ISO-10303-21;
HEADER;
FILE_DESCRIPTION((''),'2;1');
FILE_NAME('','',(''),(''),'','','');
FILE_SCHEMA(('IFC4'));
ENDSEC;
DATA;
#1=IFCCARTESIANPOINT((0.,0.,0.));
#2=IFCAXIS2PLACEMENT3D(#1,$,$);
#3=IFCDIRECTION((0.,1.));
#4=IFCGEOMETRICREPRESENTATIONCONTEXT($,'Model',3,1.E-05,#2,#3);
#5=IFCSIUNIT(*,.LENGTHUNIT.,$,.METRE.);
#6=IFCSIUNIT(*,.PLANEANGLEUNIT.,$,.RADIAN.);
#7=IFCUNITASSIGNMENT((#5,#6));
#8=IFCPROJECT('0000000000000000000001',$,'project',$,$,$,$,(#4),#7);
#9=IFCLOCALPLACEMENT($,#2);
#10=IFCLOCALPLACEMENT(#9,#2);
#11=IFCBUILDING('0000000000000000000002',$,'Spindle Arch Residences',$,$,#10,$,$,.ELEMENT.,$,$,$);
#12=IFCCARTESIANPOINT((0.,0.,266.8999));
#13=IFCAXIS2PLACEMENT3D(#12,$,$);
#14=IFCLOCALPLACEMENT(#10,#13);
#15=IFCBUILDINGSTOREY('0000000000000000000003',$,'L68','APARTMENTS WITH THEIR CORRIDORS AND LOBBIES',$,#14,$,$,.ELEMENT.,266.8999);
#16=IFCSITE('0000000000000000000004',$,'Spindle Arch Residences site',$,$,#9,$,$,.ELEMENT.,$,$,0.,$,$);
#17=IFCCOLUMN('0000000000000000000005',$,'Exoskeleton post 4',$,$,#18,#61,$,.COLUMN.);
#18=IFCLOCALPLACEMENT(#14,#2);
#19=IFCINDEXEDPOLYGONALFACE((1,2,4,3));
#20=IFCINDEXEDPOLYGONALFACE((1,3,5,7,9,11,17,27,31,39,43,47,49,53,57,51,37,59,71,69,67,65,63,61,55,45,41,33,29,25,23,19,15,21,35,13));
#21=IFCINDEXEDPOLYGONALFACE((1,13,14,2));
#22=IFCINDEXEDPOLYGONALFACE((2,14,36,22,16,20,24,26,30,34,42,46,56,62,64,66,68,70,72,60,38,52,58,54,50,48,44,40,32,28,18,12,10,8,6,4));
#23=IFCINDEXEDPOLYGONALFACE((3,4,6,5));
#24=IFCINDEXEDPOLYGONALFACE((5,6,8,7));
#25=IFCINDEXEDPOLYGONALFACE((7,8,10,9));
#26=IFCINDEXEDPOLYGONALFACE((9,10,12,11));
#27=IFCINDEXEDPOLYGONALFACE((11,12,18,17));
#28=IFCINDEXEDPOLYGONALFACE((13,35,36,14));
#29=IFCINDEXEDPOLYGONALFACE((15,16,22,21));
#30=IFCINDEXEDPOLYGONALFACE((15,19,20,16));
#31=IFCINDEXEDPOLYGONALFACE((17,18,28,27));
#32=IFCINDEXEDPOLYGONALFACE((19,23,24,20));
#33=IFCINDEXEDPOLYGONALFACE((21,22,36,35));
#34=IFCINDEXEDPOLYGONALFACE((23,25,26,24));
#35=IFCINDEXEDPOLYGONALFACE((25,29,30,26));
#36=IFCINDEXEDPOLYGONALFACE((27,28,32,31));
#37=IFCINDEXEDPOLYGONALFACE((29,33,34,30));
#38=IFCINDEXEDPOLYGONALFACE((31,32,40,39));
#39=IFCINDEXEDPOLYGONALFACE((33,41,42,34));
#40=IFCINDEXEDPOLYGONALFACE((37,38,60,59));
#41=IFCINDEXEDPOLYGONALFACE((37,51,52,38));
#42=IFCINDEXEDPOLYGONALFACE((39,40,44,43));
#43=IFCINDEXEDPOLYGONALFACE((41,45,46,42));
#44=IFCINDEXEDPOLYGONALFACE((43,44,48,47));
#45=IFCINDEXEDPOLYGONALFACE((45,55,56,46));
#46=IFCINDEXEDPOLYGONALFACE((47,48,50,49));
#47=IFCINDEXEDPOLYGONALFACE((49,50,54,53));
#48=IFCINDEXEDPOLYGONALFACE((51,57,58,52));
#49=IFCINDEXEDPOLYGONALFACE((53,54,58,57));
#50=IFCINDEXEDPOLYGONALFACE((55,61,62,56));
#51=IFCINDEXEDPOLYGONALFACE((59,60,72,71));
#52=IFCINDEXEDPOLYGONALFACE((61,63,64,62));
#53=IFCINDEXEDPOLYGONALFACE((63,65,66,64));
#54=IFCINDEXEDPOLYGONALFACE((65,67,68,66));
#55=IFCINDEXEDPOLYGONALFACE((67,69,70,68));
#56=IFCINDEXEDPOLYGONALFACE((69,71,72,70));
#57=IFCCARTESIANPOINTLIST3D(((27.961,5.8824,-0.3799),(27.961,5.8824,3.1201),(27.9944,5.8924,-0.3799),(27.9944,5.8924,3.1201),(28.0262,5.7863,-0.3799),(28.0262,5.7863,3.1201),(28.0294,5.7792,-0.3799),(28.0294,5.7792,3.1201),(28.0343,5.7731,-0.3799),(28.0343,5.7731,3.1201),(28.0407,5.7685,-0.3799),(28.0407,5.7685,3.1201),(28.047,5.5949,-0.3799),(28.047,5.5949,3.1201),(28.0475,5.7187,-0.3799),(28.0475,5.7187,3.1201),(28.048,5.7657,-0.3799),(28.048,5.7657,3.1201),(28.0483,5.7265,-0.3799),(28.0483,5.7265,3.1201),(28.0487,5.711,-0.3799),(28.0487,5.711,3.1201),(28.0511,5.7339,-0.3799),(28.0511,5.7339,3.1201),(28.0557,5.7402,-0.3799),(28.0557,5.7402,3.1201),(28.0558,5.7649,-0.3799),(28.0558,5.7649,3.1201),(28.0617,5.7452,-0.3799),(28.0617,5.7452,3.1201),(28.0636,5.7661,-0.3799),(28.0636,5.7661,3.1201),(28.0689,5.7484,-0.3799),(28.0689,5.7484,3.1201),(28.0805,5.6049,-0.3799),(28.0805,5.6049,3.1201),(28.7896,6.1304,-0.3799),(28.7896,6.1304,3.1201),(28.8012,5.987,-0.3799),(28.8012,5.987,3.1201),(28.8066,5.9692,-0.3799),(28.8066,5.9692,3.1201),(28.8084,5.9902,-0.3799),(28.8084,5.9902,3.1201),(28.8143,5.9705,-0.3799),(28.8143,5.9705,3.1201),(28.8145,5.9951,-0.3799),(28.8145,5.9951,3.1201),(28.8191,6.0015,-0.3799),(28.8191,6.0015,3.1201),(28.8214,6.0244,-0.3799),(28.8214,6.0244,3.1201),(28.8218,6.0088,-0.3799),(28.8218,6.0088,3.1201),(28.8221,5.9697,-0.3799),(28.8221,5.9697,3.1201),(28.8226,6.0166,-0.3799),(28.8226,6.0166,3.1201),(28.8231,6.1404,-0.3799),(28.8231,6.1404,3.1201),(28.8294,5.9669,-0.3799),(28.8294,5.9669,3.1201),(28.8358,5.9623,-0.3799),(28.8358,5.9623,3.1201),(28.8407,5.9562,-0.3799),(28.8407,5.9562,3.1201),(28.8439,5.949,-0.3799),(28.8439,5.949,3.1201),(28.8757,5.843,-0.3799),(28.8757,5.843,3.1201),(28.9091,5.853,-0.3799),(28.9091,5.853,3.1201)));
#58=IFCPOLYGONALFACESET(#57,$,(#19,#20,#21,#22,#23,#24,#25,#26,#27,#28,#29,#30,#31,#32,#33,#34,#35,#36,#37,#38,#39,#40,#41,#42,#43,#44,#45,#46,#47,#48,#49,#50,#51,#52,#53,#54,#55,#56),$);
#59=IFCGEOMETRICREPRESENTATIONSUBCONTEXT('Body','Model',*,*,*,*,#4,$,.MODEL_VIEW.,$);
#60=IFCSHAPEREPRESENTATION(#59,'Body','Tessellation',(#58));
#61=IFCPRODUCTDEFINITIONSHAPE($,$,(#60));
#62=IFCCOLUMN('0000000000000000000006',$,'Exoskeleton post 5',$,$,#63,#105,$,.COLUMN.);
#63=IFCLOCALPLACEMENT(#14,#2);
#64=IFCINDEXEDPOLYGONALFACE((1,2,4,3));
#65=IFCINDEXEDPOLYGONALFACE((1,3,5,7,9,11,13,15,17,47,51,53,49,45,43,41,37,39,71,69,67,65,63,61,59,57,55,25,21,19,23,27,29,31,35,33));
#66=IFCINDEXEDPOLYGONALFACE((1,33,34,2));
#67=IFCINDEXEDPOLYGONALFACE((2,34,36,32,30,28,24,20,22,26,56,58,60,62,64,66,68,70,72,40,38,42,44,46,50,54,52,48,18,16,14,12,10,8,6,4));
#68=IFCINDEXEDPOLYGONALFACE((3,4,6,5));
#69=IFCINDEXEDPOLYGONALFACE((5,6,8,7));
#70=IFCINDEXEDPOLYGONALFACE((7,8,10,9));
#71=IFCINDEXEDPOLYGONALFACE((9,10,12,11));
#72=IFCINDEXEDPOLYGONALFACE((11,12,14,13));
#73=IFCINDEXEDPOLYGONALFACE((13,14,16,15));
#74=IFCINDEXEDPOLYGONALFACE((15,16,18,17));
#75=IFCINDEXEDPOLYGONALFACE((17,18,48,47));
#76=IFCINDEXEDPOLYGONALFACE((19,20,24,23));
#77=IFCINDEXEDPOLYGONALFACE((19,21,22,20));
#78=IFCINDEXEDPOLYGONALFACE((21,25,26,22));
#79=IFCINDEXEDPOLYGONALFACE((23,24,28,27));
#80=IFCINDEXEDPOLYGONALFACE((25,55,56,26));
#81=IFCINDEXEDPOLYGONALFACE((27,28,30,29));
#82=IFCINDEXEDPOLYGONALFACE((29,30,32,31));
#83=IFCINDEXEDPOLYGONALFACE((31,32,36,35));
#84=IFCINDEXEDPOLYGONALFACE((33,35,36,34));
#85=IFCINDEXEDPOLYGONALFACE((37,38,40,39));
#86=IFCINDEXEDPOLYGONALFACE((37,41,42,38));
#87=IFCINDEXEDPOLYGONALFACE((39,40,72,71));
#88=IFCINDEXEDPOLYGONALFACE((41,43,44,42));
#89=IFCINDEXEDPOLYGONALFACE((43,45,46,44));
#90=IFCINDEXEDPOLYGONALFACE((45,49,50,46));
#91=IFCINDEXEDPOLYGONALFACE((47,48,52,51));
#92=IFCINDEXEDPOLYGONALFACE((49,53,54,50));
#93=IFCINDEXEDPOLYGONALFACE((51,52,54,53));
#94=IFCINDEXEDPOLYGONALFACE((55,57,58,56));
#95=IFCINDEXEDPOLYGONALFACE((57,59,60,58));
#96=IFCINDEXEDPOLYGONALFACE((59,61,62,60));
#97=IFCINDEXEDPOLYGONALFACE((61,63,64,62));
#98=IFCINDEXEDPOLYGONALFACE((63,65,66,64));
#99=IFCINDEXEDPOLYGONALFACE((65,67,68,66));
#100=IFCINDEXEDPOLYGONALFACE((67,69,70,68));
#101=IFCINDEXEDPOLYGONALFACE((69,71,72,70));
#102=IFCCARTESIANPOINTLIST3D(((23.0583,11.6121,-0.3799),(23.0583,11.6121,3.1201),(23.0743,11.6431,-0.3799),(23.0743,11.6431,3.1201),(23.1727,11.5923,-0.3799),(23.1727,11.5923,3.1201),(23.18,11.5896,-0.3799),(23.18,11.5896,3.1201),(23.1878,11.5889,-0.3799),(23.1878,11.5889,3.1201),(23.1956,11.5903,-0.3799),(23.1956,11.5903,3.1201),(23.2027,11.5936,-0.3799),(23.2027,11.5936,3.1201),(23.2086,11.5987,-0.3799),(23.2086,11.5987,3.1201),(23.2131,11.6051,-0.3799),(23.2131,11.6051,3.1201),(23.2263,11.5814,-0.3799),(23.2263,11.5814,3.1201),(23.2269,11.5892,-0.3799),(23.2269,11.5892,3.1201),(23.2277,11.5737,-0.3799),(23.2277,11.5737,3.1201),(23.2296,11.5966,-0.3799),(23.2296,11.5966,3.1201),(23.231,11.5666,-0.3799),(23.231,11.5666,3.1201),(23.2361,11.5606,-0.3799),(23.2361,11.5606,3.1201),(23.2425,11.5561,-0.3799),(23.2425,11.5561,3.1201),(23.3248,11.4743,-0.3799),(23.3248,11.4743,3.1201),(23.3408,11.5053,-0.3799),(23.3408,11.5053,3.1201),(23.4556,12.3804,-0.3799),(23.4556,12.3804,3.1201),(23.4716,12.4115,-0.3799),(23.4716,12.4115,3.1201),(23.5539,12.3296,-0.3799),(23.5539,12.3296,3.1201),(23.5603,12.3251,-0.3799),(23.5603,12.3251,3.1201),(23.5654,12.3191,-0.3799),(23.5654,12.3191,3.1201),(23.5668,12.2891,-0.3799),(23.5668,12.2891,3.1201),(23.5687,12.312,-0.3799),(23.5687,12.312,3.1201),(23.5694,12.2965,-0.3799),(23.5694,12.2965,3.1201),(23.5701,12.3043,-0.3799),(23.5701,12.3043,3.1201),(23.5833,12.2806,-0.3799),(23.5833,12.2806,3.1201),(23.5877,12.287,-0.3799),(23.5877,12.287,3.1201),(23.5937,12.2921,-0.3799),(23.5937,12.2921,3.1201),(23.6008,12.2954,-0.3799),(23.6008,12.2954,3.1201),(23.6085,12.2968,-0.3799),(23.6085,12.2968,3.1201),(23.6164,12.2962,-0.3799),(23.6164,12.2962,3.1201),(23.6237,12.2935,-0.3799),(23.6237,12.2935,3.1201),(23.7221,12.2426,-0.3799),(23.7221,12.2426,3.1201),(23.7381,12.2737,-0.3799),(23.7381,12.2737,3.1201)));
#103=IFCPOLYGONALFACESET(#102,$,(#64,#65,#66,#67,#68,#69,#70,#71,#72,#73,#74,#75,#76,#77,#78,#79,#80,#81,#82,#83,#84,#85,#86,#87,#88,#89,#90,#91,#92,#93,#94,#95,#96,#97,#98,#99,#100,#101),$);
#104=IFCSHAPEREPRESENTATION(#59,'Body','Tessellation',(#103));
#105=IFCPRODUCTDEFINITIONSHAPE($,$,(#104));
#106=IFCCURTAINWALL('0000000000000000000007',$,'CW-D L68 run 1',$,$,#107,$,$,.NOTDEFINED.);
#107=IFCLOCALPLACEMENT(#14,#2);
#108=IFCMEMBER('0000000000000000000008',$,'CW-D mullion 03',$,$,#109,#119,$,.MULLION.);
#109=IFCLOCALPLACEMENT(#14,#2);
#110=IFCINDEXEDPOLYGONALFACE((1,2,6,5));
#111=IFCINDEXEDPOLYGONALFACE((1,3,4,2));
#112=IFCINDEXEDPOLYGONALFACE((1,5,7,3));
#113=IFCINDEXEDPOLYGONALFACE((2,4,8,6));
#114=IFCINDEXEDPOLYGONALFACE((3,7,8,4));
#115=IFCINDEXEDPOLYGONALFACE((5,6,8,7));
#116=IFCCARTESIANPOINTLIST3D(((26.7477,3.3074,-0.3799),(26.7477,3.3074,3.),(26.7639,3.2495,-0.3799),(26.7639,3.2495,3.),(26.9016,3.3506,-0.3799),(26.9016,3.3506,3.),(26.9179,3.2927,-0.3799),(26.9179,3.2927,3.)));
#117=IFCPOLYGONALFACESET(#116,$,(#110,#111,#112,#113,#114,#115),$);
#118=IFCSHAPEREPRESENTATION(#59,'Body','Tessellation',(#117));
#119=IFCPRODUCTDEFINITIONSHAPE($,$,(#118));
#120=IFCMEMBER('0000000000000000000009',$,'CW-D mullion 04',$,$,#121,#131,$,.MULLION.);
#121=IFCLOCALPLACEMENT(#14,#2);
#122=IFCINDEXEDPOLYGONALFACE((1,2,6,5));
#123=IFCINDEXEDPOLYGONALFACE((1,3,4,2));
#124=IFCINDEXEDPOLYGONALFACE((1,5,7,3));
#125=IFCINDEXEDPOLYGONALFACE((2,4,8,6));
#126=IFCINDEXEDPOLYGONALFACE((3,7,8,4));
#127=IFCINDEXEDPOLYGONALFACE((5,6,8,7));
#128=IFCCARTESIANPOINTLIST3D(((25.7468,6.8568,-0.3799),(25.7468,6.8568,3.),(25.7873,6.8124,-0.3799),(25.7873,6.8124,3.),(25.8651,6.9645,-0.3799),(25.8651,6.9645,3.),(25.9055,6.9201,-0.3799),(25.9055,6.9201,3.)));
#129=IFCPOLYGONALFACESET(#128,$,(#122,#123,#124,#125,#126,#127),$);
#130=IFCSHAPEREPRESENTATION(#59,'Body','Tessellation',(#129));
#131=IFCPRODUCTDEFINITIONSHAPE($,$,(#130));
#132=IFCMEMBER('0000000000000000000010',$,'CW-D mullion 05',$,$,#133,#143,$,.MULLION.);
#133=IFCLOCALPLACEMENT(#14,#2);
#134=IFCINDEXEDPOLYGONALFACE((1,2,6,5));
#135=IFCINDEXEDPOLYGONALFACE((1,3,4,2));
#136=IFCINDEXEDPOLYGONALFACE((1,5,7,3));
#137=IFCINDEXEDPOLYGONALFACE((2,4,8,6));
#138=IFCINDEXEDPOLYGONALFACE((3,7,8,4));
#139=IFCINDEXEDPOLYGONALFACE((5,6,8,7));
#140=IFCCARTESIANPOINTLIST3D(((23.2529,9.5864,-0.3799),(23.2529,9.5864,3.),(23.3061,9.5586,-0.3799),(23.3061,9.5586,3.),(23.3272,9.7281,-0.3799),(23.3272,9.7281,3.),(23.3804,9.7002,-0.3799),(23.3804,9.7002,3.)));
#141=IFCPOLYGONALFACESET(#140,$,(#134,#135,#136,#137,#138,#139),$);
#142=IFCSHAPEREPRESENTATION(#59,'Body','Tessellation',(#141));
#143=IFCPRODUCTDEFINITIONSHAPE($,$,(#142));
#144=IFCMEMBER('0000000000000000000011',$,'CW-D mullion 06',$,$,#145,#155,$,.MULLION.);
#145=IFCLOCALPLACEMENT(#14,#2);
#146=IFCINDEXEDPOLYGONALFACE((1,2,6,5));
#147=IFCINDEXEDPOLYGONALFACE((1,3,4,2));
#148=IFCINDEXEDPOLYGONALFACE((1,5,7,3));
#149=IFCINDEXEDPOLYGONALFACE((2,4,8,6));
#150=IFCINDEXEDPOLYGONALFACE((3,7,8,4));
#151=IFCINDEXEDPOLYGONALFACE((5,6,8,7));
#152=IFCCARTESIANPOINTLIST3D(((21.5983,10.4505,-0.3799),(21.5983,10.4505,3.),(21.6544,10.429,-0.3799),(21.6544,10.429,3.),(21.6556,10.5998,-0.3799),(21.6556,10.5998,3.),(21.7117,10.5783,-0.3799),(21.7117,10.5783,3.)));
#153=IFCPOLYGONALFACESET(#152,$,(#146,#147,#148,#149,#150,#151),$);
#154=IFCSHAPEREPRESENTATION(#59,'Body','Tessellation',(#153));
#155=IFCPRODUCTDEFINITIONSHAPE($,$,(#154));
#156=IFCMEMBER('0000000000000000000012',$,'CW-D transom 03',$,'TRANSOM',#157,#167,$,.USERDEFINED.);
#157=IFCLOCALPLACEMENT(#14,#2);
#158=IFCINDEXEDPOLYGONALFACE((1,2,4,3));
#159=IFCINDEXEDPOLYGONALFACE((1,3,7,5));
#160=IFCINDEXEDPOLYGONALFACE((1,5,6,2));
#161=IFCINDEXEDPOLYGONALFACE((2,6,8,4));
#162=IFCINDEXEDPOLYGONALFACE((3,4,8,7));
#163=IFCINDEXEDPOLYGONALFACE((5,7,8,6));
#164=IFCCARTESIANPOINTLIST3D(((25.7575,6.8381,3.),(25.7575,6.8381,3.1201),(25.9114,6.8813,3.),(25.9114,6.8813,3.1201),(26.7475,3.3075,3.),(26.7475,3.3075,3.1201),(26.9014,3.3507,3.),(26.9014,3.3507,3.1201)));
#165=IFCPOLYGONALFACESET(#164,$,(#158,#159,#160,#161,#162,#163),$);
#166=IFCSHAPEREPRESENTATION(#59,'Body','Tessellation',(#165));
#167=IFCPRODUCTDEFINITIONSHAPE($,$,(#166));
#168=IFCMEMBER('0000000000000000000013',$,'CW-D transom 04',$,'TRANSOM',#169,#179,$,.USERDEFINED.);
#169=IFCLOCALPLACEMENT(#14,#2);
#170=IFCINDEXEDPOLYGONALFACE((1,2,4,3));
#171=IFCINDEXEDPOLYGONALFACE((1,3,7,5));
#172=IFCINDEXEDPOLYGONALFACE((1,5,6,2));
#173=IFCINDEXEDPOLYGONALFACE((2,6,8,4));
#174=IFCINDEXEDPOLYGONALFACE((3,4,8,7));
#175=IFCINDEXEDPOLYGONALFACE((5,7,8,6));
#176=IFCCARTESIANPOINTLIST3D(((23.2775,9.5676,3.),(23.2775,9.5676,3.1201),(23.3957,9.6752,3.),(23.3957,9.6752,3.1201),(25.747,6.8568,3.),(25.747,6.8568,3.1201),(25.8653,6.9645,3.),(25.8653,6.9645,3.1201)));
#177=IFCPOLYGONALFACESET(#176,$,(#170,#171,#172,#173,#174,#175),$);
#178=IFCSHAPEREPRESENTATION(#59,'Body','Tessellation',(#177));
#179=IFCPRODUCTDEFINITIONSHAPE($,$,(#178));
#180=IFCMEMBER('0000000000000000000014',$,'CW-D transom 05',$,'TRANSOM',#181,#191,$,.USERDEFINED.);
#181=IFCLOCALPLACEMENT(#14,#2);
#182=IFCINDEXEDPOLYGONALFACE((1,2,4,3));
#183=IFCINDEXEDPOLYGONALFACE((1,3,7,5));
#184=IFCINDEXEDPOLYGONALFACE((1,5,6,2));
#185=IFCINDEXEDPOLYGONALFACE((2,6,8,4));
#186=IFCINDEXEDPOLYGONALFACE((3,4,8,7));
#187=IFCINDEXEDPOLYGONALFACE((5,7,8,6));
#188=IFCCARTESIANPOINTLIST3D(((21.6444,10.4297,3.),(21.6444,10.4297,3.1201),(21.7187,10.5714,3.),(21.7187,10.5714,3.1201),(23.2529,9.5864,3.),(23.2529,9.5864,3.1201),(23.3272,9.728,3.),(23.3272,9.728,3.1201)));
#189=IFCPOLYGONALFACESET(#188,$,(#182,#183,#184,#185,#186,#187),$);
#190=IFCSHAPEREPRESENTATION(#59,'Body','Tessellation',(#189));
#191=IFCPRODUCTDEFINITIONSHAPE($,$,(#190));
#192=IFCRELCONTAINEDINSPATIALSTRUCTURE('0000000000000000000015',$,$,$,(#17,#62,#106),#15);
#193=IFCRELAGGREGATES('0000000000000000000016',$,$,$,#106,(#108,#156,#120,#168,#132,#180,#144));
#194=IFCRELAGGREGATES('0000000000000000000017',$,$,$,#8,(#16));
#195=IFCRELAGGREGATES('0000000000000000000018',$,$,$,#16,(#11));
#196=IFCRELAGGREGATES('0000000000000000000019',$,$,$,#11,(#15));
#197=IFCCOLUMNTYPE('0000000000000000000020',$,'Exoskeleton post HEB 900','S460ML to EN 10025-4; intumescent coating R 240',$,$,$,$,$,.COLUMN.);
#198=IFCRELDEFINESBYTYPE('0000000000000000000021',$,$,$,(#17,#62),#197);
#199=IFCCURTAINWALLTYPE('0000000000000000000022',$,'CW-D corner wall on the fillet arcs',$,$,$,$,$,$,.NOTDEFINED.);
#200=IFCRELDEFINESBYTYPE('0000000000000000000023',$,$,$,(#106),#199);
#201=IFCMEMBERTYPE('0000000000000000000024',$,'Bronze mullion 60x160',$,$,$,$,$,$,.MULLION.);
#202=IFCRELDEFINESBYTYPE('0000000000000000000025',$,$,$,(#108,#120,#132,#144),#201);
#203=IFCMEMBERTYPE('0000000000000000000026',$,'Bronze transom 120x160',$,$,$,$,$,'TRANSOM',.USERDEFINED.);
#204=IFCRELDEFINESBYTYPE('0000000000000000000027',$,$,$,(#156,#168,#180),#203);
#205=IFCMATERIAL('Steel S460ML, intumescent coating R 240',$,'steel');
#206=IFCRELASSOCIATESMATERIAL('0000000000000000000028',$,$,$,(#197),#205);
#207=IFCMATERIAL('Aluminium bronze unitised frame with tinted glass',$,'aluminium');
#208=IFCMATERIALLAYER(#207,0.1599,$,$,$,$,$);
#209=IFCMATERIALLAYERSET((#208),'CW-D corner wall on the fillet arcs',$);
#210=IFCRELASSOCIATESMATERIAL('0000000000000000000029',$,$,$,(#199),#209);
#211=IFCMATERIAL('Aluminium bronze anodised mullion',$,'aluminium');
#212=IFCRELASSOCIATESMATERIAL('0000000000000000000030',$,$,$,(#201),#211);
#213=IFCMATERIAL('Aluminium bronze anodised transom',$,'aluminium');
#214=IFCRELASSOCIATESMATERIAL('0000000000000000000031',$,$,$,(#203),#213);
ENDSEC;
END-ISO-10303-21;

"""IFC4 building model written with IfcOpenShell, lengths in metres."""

from ifc_helpers import new_model, si_unit, direction, frame, origin, origin_2d, place, context, subcontext, project, spatial, rectangle, i_section, extrude, material, layer, layer_set, material_profile, profile_set, type_object, element, aggregate, save


model = new_model("IFC4")

# Units and contexts
model_context = context("Model", 3, precision=1e-05, world=origin(), true_north=direction((0.0, 1.0)))
body_context = subcontext(model_context, "Body", "Model", "MODEL_VIEW")
ifc_project = project(units=[si_unit("LENGTHUNIT", "METRE"), si_unit("PLANEANGLEUNIT", "RADIAN")], contexts=[model_context])

# Site, building, storey
site_placement = place(None, origin())
site = spatial("IfcSite", under=ifc_project, at=site_placement, Name="Spindle Arch Residences site", CompositionType="ELEMENT", RefElevation=0.0)
building_placement = place(site_placement, origin())
building = spatial("IfcBuilding", under=site, at=building_placement, Name="Spindle Arch Residences", CompositionType="ELEMENT")
storey_placement = place(building_placement, frame((0.0, 0.0, 266.8999)))
storey = spatial("IfcBuildingStorey", under=building, at=storey_placement, Name="L68", Description="APARTMENTS WITH THEIR CORRIDORS AND LOBBIES", CompositionType="ELEMENT", Elevation=266.8999)

# Columns
ifc_material_1 = material(Name="Steel S460ML, intumescent coating R 240", Category="steel")
ifc_material_profile_1 = material_profile(ifc_material_1, i_section(OverallWidth=0.3, OverallDepth=0.8999, WebThickness=0.0186, FlangeThickness=0.0349, FilletRadius=0.03, at=origin_2d()), Name="HEB 900")
ifc_profile_set_1 = profile_set([ifc_material_profile_1], Name="Steel S460ML, intumescent coating R 240")
column_type = type_object("IfcColumnType", Name="Exoskeleton post HEB 900", Description="S460ML to EN 10025-4; intumescent coating R 240", PredefinedType="COLUMN", material=ifc_profile_set_1)
for number, where, z_axis, x_axis, name in (
    (1, (28.4351, 5.8677, -0.3799), (0.0, 0.0, 1.0), (0.286784, -0.957995, 0.0), "Exoskeleton post 4"),
    (2, (23.3982, 11.9429, -0.3799), (0.0, 0.0, 1.0), (0.888286, -0.459291, 0.0), "Exoskeleton post 5"),
):
    element("IfcColumn", number, at=place(storey_placement, frame(where, z_axis=z_axis, x_axis=x_axis)), inside=storey, type_object=column_type, Name=name, PredefinedType="COLUMN", context=body_context, shape_type="SweptSolid", body=[
        extrude(i_section(OverallWidth=0.3, OverallDepth=0.8999, WebThickness=0.0186, FlangeThickness=0.0349, FilletRadius=0.03, at=origin_2d()), origin(), (0.0, 0.0, 1.0), 3.5),
    ])

# Curtain wall, members
ifc_material_2 = material(Name="Aluminium bronze unitised frame with tinted glass", Category="aluminium")
ifc_layer_1 = layer(ifc_material_2, 0.1599)
ifc_layer_set_1 = layer_set([ifc_layer_1], Name="CW-D corner wall on the fillet arcs")
curtain_wall_type = type_object("IfcCurtainWallType", Name="CW-D corner wall on the fillet arcs", PredefinedType="NOTDEFINED", material=ifc_layer_set_1)
curtain_wall_placement = place(storey_placement, origin())
curtain_wall = element("IfcCurtainWall", 3, at=curtain_wall_placement, inside=storey, type_object=curtain_wall_type, Name="CW-D L68 run 1", PredefinedType="NOTDEFINED")
ifc_material_3 = material(Name="Aluminium bronze anodised mullion", Category="aluminium")
ifc_material_profile_2 = material_profile(ifc_material_3, rectangle(XDim=0.1599, YDim=0.0601, at=origin_2d()), Name="MU 60x160")
ifc_profile_set_2 = profile_set([ifc_material_profile_2], Name="Aluminium bronze anodised mullion")
member_type_1 = type_object("IfcMemberType", Name="Bronze mullion 60x160", PredefinedType="MULLION", material=ifc_profile_set_2)
member_1_placement = place(storey_placement, frame((26.8328, 3.3, -0.3799), z_axis=(0.0, 0.0, 1.0), x_axis=(-0.962849, -0.27004, 0.0)))
member_1 = element("IfcMember", 4, at=member_1_placement, type_object=member_type_1, Name="CW-D mullion 03", PredefinedType="MULLION", context=body_context, shape_type="SweptSolid", body=[
    extrude(rectangle(XDim=0.1599, YDim=0.0601, at=origin_2d()), origin(), (0.0, 0.0, 1.0), 3.3799),
])
member_2_placement = place(storey_placement, frame((25.8262, 6.8884, -0.3799), z_axis=(0.0, 0.0, 1.0), x_axis=(-0.739239, -0.673443, 0.0)))
member_2 = element("IfcMember", 5, at=member_2_placement, type_object=member_type_1, Name="CW-D mullion 04", PredefinedType="MULLION", context=body_context, shape_type="SweptSolid", body=[
    extrude(rectangle(XDim=0.1599, YDim=0.0601, at=origin_2d()), origin(), (0.0, 0.0, 1.0), 3.3799),
])
member_3_placement = place(storey_placement, frame((23.3167, 9.6433, -0.3799), z_axis=(0.0, 0.0, 1.0), x_axis=(-0.464327, -0.885664, 0.0)))
member_3 = element("IfcMember", 6, at=member_3_placement, type_object=member_type_1, Name="CW-D mullion 05", PredefinedType="MULLION", context=body_context, shape_type="SweptSolid", body=[
    extrude(rectangle(XDim=0.1599, YDim=0.0601, at=origin_2d()), origin(), (0.0, 0.0, 1.0), 3.3799),
])
member_4_placement = place(storey_placement, frame((21.655, 10.5144, -0.3799), z_axis=(0.0, 0.0, 1.0), x_axis=(-0.358368, -0.93358, 0.0)))
member_4 = element("IfcMember", 7, at=member_4_placement, type_object=member_type_1, Name="CW-D mullion 06", PredefinedType="MULLION", context=body_context, shape_type="SweptSolid", body=[
    extrude(rectangle(XDim=0.1599, YDim=0.0601, at=origin_2d()), origin(), (0.0, 0.0, 1.0), 3.3799),
])
ifc_material_4 = material(Name="Aluminium bronze anodised transom", Category="aluminium")
ifc_material_profile_3 = material_profile(ifc_material_4, rectangle(XDim=0.1599, YDim=0.1201, at=origin_2d()), Name="TR 120x160")
ifc_profile_set_3 = profile_set([ifc_material_profile_3], Name="Aluminium bronze anodised transom")
member_type_2 = type_object("IfcMemberType", Name="Bronze transom 120x160", ElementType="TRANSOM", PredefinedType="USERDEFINED", material=ifc_profile_set_3)
member_5_placement = place(storey_placement, frame((26.8245, 3.3291, 3.0601), z_axis=(-0.269995, 0.962862, 0.0), x_axis=(-0.962862, -0.269995, 0.0)))
member_5 = element("IfcMember", 8, at=member_5_placement, type_object=member_type_2, Name="CW-D transom 03", ObjectType="TRANSOM", PredefinedType="USERDEFINED", context=body_context, shape_type="SweptSolid", body=[
    extrude(rectangle(XDim=0.1599, YDim=0.1201, at=origin_2d()), origin(), (0.0, 0.0, 1.0), 3.6667),
])
member_6_placement = place(storey_placement, frame((25.8062, 6.9106, 3.0601), z_axis=(-0.673451, 0.739232, 0.0), x_axis=(-0.739232, -0.673451, 0.0)))
member_6 = element("IfcMember", 9, at=member_6_placement, type_object=member_type_2, Name="CW-D transom 04", ObjectType="TRANSOM", PredefinedType="USERDEFINED", context=body_context, shape_type="SweptSolid", body=[
    extrude(rectangle(XDim=0.1599, YDim=0.1201, at=origin_2d()), origin(), (0.0, 0.0, 1.0), 3.667),
])
member_7_placement = place(storey_placement, frame((23.29, 9.6572, 3.0601), z_axis=(-0.885658, 0.464339, 0.0), x_axis=(-0.464339, -0.885658, 0.0)))
member_7 = element("IfcMember", 10, at=member_7_placement, type_object=member_type_2, Name="CW-D transom 05", ObjectType="TRANSOM", PredefinedType="USERDEFINED", context=body_context, shape_type="SweptSolid", body=[
    extrude(rectangle(XDim=0.1599, YDim=0.1201, at=origin_2d()), origin(), (0.0, 0.0, 1.0), 1.8162),
])

aggregate(curtain_wall, [member_1, member_5, member_2, member_6, member_3, member_7, member_4])

save(model, "model.ifc")
